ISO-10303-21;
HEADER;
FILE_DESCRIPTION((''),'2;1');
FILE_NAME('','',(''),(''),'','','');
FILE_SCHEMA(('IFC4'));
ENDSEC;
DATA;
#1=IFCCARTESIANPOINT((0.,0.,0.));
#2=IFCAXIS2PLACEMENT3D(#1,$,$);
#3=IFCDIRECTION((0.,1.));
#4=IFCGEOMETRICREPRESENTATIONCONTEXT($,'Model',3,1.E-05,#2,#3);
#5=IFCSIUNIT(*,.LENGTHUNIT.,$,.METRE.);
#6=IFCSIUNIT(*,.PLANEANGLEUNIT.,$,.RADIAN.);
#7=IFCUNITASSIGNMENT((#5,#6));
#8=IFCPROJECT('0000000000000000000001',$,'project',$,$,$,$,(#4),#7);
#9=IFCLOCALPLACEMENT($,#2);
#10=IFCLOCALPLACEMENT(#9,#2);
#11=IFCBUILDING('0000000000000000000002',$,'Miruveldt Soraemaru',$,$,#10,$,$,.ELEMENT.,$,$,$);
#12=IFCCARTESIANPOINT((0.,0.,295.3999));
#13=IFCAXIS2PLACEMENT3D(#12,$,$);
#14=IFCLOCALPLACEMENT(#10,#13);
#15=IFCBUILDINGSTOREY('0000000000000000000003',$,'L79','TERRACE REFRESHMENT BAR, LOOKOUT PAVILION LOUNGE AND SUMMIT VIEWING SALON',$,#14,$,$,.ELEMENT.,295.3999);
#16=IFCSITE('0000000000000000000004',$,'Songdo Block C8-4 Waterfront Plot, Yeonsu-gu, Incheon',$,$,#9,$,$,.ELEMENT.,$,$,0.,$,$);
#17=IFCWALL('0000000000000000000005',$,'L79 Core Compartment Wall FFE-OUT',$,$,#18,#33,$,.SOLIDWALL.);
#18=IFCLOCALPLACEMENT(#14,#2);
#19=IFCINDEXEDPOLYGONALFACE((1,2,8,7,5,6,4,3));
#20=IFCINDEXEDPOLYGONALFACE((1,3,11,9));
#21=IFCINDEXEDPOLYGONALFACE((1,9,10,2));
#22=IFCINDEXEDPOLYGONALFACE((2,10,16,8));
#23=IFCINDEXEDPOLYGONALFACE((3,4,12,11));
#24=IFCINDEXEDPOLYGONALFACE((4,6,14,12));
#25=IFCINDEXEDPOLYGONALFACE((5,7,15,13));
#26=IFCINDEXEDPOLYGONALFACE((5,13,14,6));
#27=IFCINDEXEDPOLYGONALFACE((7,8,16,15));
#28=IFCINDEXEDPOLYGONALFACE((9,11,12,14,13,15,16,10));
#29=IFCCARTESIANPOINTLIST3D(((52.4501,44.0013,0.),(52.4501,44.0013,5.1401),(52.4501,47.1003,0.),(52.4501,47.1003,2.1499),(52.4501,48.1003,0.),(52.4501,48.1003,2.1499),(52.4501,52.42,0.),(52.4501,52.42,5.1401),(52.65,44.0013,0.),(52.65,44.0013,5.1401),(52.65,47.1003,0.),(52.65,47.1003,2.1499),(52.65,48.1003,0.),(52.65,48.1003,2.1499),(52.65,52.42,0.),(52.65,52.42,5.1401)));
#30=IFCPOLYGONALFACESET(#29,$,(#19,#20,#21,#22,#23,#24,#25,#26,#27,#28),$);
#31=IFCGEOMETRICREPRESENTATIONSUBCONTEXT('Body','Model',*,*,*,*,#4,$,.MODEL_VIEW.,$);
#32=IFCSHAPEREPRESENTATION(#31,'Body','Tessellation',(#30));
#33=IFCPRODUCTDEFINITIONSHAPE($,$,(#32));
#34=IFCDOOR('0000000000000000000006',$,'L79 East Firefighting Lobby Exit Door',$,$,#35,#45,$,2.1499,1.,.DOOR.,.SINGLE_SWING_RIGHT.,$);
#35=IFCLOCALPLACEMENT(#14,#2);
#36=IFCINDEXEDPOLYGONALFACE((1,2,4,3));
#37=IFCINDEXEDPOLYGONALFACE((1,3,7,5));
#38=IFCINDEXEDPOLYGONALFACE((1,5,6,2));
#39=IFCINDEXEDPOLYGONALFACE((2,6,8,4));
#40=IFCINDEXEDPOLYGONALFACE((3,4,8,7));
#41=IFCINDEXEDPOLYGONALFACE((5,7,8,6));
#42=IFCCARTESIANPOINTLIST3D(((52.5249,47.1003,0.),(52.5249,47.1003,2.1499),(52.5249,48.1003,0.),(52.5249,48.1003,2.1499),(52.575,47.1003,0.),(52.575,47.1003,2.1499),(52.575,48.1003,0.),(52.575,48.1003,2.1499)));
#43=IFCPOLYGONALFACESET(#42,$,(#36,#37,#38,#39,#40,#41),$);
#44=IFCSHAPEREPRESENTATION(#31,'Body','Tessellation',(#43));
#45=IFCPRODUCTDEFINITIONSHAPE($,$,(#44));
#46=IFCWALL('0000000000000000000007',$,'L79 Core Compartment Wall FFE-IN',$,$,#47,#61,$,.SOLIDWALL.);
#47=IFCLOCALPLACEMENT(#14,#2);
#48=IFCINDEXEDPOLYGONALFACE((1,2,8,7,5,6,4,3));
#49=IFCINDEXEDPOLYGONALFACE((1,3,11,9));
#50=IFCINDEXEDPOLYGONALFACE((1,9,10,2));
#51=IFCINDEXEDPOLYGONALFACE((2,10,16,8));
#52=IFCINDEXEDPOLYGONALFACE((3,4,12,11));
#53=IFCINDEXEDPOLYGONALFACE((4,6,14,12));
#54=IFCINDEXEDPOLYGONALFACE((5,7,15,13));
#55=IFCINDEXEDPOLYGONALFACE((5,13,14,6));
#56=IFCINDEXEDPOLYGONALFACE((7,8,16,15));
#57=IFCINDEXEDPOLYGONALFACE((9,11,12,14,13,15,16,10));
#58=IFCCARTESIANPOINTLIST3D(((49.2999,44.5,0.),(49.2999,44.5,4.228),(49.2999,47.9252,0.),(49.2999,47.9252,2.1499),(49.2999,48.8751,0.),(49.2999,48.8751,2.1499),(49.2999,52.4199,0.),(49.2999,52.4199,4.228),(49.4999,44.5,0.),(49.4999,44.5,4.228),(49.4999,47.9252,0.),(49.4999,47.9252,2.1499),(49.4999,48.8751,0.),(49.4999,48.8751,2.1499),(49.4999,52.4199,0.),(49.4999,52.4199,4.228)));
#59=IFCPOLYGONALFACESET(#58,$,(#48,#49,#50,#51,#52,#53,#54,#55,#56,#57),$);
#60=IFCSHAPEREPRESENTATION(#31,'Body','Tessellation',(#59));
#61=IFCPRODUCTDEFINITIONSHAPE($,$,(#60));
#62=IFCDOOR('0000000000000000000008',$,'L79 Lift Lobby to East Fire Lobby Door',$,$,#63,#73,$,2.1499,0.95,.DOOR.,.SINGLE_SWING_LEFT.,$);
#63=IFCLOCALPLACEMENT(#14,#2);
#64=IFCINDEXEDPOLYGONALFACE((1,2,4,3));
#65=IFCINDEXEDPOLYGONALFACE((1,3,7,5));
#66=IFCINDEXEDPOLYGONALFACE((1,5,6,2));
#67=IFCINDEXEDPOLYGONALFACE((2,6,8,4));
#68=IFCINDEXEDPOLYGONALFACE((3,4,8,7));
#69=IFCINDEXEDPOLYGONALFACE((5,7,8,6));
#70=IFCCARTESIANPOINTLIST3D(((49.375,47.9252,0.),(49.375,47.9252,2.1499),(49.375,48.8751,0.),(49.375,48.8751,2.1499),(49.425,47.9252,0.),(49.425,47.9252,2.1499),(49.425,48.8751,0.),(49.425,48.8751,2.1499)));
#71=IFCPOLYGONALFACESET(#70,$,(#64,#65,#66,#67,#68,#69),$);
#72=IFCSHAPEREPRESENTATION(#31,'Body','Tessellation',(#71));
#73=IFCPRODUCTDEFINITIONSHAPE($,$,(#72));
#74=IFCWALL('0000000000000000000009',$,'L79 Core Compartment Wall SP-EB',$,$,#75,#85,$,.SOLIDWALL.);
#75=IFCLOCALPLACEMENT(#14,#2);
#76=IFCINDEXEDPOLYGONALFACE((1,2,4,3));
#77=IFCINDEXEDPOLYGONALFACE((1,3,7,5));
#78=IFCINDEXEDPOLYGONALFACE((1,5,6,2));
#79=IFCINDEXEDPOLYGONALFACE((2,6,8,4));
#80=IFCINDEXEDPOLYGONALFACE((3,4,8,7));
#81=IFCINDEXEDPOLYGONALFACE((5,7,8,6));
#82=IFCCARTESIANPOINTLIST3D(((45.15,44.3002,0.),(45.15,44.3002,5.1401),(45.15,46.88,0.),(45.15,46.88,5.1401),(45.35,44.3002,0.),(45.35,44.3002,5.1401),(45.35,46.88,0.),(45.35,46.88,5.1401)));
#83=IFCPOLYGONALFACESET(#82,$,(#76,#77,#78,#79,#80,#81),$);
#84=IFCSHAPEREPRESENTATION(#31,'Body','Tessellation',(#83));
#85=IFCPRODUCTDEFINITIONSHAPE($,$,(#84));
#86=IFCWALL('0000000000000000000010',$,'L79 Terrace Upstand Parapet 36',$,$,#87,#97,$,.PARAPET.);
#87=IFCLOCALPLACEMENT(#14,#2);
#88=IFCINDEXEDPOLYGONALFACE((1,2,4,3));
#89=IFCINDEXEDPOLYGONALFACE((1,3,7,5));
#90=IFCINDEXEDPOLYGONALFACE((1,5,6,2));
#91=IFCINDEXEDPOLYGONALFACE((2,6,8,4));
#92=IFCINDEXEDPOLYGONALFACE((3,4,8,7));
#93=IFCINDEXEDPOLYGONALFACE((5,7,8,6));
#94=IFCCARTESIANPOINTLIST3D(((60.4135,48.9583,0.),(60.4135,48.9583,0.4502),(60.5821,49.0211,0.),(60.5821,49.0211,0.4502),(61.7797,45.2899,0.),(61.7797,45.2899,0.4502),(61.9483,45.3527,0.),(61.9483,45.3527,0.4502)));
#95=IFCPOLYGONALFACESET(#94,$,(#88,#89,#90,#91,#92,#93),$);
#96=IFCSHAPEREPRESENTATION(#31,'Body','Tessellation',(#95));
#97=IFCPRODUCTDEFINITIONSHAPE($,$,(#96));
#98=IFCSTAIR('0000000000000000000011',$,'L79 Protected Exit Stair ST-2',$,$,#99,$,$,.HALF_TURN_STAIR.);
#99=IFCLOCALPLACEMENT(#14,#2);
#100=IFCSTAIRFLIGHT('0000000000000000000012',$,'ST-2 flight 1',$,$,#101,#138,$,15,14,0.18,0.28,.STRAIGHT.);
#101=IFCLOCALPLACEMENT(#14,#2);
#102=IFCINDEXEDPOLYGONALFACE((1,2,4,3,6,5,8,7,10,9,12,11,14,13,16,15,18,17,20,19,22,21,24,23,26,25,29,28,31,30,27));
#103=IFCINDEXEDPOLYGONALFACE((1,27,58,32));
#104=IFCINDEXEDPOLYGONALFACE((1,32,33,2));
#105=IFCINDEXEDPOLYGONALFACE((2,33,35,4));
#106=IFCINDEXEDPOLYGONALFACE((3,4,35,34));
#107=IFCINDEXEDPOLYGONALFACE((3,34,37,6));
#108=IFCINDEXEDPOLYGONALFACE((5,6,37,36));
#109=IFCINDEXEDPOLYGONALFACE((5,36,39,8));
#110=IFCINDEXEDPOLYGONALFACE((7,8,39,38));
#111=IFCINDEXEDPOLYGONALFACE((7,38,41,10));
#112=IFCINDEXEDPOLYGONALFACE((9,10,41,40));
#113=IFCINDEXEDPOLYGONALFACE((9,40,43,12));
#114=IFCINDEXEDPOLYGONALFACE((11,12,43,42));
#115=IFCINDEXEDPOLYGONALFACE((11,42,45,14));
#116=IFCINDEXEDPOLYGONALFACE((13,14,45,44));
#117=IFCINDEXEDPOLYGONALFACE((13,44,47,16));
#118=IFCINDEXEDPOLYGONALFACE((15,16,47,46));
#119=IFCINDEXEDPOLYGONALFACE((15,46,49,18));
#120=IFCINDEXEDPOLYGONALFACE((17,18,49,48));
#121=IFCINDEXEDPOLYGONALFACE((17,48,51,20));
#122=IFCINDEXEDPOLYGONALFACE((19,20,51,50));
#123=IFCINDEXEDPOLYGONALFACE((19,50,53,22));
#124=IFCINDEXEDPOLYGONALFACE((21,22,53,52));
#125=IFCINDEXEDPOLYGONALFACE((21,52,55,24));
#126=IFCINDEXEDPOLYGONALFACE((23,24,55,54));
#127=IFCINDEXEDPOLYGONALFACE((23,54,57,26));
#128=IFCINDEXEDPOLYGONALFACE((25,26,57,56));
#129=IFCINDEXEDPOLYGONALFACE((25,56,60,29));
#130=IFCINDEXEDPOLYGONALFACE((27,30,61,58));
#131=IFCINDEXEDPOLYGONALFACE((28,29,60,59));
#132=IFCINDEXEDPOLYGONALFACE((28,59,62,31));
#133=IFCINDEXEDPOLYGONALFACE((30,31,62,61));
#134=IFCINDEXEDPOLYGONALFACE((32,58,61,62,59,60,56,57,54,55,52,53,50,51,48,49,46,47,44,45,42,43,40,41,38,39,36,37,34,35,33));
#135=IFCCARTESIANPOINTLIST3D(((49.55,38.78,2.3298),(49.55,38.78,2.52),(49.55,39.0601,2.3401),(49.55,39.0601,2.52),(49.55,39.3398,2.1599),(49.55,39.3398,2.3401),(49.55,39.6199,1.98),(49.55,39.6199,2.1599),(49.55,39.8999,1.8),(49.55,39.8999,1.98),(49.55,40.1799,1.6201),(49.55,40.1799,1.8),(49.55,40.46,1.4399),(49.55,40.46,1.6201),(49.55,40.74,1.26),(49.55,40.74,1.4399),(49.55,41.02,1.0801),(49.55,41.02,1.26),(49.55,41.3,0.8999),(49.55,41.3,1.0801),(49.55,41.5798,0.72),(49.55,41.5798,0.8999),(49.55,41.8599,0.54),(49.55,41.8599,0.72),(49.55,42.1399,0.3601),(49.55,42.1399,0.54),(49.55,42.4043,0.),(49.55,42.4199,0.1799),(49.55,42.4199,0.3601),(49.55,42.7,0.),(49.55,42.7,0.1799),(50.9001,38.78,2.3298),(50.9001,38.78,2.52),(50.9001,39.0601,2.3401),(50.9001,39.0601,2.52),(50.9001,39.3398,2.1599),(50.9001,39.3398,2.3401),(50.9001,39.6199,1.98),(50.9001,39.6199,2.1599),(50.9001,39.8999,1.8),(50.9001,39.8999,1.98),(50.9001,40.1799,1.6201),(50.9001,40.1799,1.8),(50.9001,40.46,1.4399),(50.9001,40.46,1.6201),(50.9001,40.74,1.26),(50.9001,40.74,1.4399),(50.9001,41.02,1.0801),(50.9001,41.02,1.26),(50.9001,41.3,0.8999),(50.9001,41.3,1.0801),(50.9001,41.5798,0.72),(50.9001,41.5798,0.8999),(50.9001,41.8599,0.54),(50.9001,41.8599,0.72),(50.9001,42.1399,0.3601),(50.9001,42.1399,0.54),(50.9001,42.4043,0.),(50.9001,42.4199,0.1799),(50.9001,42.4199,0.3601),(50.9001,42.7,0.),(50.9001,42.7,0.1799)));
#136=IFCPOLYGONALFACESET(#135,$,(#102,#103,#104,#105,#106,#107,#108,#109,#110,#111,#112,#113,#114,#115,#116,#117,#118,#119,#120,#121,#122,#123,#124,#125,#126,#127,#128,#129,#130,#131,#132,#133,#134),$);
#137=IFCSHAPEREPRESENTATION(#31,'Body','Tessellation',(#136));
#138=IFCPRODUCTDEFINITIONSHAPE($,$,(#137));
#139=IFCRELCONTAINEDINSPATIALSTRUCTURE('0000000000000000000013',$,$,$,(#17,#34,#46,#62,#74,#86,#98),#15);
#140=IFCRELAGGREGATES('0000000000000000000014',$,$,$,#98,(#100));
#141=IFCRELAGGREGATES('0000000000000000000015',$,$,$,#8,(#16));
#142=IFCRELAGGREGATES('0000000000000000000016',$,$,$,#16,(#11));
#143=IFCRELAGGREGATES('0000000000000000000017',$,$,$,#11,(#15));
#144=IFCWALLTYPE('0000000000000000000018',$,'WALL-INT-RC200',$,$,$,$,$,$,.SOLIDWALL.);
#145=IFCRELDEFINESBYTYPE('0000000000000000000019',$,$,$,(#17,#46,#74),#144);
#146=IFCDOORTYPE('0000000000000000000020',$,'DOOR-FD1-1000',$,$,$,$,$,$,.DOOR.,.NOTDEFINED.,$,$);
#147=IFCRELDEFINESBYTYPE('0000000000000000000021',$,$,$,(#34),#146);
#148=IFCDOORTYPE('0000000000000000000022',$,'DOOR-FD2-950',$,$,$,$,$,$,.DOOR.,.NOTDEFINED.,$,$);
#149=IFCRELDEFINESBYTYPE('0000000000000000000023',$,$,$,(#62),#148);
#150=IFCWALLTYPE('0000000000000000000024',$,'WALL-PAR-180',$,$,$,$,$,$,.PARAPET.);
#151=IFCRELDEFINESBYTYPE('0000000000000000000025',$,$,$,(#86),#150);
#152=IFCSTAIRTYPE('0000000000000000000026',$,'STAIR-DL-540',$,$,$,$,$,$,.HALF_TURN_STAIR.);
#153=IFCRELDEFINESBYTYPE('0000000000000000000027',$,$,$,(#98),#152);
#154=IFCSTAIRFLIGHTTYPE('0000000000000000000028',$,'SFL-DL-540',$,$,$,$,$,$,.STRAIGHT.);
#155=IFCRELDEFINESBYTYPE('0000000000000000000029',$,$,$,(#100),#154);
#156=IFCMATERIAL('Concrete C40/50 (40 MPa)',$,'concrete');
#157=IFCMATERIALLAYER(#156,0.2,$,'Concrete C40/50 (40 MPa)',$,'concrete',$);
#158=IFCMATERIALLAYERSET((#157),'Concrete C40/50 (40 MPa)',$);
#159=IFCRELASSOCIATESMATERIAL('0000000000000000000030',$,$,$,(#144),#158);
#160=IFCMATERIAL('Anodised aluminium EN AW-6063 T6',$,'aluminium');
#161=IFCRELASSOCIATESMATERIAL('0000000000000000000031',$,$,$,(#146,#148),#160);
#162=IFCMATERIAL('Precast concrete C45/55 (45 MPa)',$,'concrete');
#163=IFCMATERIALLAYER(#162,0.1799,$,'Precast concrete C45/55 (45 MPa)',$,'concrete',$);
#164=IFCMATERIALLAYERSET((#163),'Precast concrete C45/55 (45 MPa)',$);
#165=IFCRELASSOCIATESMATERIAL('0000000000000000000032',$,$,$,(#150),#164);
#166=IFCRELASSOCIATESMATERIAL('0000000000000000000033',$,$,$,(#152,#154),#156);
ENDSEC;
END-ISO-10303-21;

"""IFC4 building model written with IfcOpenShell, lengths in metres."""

from ifc_helpers import new_model, si_unit, direction, frame, frame_2d, origin, place, context, subcontext, project, spatial, polyline, rectangle, outline, extrude, material, layer, layer_set, type_object, element, fill, aggregate, save


model = new_model("IFC4")

# Units and contexts
model_context = context("Model", 3, precision=1e-05, world=origin(), true_north=direction((0.0, 1.0)))
body_context = subcontext(model_context, "Body", "Model", "MODEL_VIEW")
ifc_project = project(units=[si_unit("LENGTHUNIT", "METRE"), si_unit("PLANEANGLEUNIT", "RADIAN")], contexts=[model_context])

# Site, building, storey
site_placement = place(None, origin())
site = spatial("IfcSite", under=ifc_project, at=site_placement, Name="Songdo Block C8-4 Waterfront Plot, Yeonsu-gu, Incheon", CompositionType="ELEMENT", RefElevation=0.0)
building_placement = place(site_placement, origin())
building = spatial("IfcBuilding", under=site, at=building_placement, Name="Miruveldt Soraemaru", CompositionType="ELEMENT")
storey_placement = place(building_placement, frame((0.0, 0.0, 295.3999)))
storey = spatial("IfcBuildingStorey", under=building, at=storey_placement, Name="L79", Description="TERRACE REFRESHMENT BAR, LOOKOUT PAVILION LOUNGE AND SUMMIT VIEWING SALON", CompositionType="ELEMENT", Elevation=295.3999)

# Shared definitions
ifc_material_1 = material(Name="Precast concrete C45/55 (45 MPa)", Category="concrete")

# Shared definitions
ifc_material_2 = material(Name="Concrete C40/50 (40 MPa)", Category="concrete")

# Walls, openings, doors
ifc_layer_1 = layer(ifc_material_2, 0.2, Name="Concrete C40/50 (40 MPa)", Category="concrete")
ifc_layer_set_1 = layer_set([ifc_layer_1], Name="Concrete C40/50 (40 MPa)")
wall_type_1 = type_object("IfcWallType", Name="WALL-INT-RC200", PredefinedType="SOLIDWALL", material=ifc_layer_set_1)
wall_1_placement = place(storey_placement, frame((52.55, 44.0012, 0.0), z_axis=(0.0, 0.0, 1.0), x_axis=(0.0, 1.0, 0.0)))
wall_1 = element("IfcWall", 1, at=wall_1_placement, inside=storey, type_object=wall_type_1, Name="L79 Core Compartment Wall FFE-OUT", PredefinedType="SOLIDWALL", context=body_context, shape_type="SweptSolid", body=[
    extrude(rectangle(XDim=8.4187, YDim=0.2, at=frame_2d((4.2095, 0.0))), origin(), (0.0, 0.0, 1.0), 5.1401),
])
opening_1_placement = place(wall_1_placement, frame((3.0991, 0.0, 0.0)))
opening_1 = element("IfcOpeningElement", 2, at=opening_1_placement, cuts=wall_1, PredefinedType="OPENING", context=body_context, shape_type="SweptSolid", body=[
    extrude(rectangle(XDim=1.0, YDim=2.1499, at=frame_2d((0.5, 1.075))), frame((0.0, 0.1099, 0.0), z_axis=(0.0, -1.0, 0.0), x_axis=(1.0, 0.0, 0.0)), (0.0, 0.0, 1.0), 0.22),
])
ifc_material_3 = material(Name="Anodised aluminium EN AW-6063 T6", Category="aluminium")
door_type_1 = type_object("IfcDoorType", Name="DOOR-FD1-1000", OperationType="NOTDEFINED", PredefinedType="DOOR", material=ifc_material_3)
door_1_placement = place(opening_1_placement, frame((1.0, 0.0, 0.0), z_axis=(0.0, 0.0, 1.0), x_axis=(-1.0, 0.0, 0.0)))
door_1 = element("IfcDoor", 3, at=door_1_placement, inside=storey, type_object=door_type_1, Name="L79 East Firefighting Lobby Exit Door", OperationType="SINGLE_SWING_RIGHT", OverallHeight=2.1499, OverallWidth=1.0, PredefinedType="DOOR", context=body_context, shape_type="SweptSolid", body=[
    extrude(rectangle(XDim=1.0, YDim=2.1499, at=frame_2d((0.5, 1.075))), frame((0.0, 0.0249, 0.0), z_axis=(0.0, -1.0, 0.0), x_axis=(1.0, 0.0, 0.0)), (0.0, 0.0, 1.0), 0.05),
])
fill(opening_1, door_1)
wall_2_placement = place(storey_placement, frame((49.3999, 44.5, 0.0), z_axis=(0.0, 0.0, 1.0), x_axis=(0.0, 1.0, 0.0)))
wall_2 = element("IfcWall", 4, at=wall_2_placement, inside=storey, type_object=wall_type_1, Name="L79 Core Compartment Wall FFE-IN", PredefinedType="SOLIDWALL", context=body_context, shape_type="SweptSolid", body=[
    extrude(rectangle(XDim=7.9199, YDim=0.2, at=frame_2d((3.96, 0.0))), origin(), (0.0, 0.0, 1.0), 4.228),
])
opening_2_placement = place(wall_2_placement, frame((3.425, 0.0, 0.0)))
opening_2 = element("IfcOpeningElement", 5, at=opening_2_placement, cuts=wall_2, PredefinedType="OPENING", context=body_context, shape_type="SweptSolid", body=[
    extrude(rectangle(XDim=0.95, YDim=2.1499, at=frame_2d((0.4751, 1.075))), frame((0.0, 0.1099, 0.0), z_axis=(0.0, -1.0, 0.0), x_axis=(1.0, 0.0, 0.0)), (0.0, 0.0, 1.0), 0.22),
])
door_type_2 = type_object("IfcDoorType", Name="DOOR-FD2-950", OperationType="NOTDEFINED", PredefinedType="DOOR", material=ifc_material_3)
door_2_placement = place(opening_2_placement, origin())
door_2 = element("IfcDoor", 6, at=door_2_placement, inside=storey, type_object=door_type_2, Name="L79 Lift Lobby to East Fire Lobby Door", OperationType="SINGLE_SWING_LEFT", OverallHeight=2.1499, OverallWidth=0.95, PredefinedType="DOOR", context=body_context, shape_type="SweptSolid", body=[
    extrude(rectangle(XDim=0.95, YDim=2.1499, at=frame_2d((0.4751, 1.075))), frame((0.0, 0.0249, 0.0), z_axis=(0.0, -1.0, 0.0), x_axis=(1.0, 0.0, 0.0)), (0.0, 0.0, 1.0), 0.05),
])
fill(opening_2, door_2)

# Walls
wall_3_placement = place(storey_placement, frame((45.25, 44.3, 0.0), z_axis=(0.0, 0.0, 1.0), x_axis=(0.0, 1.0, 0.0)))
element("IfcWall", 7, at=wall_3_placement, inside=storey, type_object=wall_type_1, Name="L79 Core Compartment Wall SP-EB", PredefinedType="SOLIDWALL", context=body_context, shape_type="SweptSolid", body=[
    extrude(rectangle(XDim=2.5798, YDim=0.2, at=frame_2d((1.29, 0.0))), origin(), (0.0, 0.0, 1.0), 5.1401),
])
ifc_layer_2 = layer(ifc_material_1, 0.1799, Name="Precast concrete C45/55 (45 MPa)", Category="concrete")
ifc_layer_set_2 = layer_set([ifc_layer_2], Name="Precast concrete C45/55 (45 MPa)")
wall_type_2 = type_object("IfcWallType", Name="WALL-PAR-180", PredefinedType="PARAPET", material=ifc_layer_set_2)
wall_4_placement = place(storey_placement, frame((61.864, 45.3213, 0.0), z_axis=(0.0, 0.0, 1.0), x_axis=(-0.349004, 0.937121, 0.0)))
element("IfcWall", 8, at=wall_4_placement, inside=storey, type_object=wall_type_2, Name="L79 Terrace Upstand Parapet 36", PredefinedType="PARAPET", context=body_context, shape_type="SweptSolid", body=[
    extrude(rectangle(XDim=3.9146, YDim=0.1799, at=frame_2d((1.9573, 0.0))), origin(), (0.0, 0.0, 1.0), 0.4502),
])

# Stair, stair flight
stair_type = type_object("IfcStairType", Name="STAIR-DL-540", PredefinedType="HALF_TURN_STAIR", material=ifc_material_2)
stair_placement = place(storey_placement, origin())
stair = element("IfcStair", 9, at=stair_placement, inside=storey, type_object=stair_type, Name="L79 Protected Exit Stair ST-2", PredefinedType="HALF_TURN_STAIR")
stair_flight_type = type_object("IfcStairFlightType", Name="SFL-DL-540", PredefinedType="STRAIGHT", material=ifc_material_2)
stair_flight_1_placement = place(storey_placement, frame((50.2251, 42.7, 0.0), z_axis=(0.0, 0.0, 1.0), x_axis=(0.0, -1.0, 0.0)))
stair_flight_1 = element("IfcStairFlight", 10, at=stair_flight_1_placement, type_object=stair_flight_type, Name="ST-2 flight 1", NumberOfRisers=15, NumberOfTreads=14, PredefinedType="STRAIGHT", RiserHeight=0.18, TreadLength=0.28, context=body_context, shape_type="SweptSolid", body=[
    extrude(outline(polyline([(0.0, 0.0), (0.0, 0.1799), (0.28, 0.1799), (0.28, 0.3601), (0.5601, 0.3601), (0.5601, 0.54), (0.8401, 0.54), (0.8401, 0.72), (1.1201, 0.72), (1.1201, 0.8999), (1.3999, 0.8999), (1.3999, 1.0801), (1.6799, 1.0801), (1.6799, 1.26), (1.96, 1.26), (1.96, 1.4399), (2.24, 1.4399), (2.24, 1.6201), (2.52, 1.6201), (2.52, 1.8), (2.8, 1.8), (2.8, 1.98), (3.0801, 1.98), (3.0801, 2.1599), (3.3601, 2.1599), (3.3601, 2.3401), (3.6399, 2.3401), (3.6399, 2.52), (3.9199, 2.52), (3.9199, 2.7), (3.9199, 2.3298), (0.2957, 0.0), (0.0, 0.0)])), frame((0.0, 0.675, 0.0), z_axis=(0.0, -1.0, 0.0), x_axis=(1.0, 0.0, 0.0)), (0.0, 0.0, 1.0), 1.3501),
])
aggregate(stair, [stair_flight_1])

save(model, "model.ifc")
